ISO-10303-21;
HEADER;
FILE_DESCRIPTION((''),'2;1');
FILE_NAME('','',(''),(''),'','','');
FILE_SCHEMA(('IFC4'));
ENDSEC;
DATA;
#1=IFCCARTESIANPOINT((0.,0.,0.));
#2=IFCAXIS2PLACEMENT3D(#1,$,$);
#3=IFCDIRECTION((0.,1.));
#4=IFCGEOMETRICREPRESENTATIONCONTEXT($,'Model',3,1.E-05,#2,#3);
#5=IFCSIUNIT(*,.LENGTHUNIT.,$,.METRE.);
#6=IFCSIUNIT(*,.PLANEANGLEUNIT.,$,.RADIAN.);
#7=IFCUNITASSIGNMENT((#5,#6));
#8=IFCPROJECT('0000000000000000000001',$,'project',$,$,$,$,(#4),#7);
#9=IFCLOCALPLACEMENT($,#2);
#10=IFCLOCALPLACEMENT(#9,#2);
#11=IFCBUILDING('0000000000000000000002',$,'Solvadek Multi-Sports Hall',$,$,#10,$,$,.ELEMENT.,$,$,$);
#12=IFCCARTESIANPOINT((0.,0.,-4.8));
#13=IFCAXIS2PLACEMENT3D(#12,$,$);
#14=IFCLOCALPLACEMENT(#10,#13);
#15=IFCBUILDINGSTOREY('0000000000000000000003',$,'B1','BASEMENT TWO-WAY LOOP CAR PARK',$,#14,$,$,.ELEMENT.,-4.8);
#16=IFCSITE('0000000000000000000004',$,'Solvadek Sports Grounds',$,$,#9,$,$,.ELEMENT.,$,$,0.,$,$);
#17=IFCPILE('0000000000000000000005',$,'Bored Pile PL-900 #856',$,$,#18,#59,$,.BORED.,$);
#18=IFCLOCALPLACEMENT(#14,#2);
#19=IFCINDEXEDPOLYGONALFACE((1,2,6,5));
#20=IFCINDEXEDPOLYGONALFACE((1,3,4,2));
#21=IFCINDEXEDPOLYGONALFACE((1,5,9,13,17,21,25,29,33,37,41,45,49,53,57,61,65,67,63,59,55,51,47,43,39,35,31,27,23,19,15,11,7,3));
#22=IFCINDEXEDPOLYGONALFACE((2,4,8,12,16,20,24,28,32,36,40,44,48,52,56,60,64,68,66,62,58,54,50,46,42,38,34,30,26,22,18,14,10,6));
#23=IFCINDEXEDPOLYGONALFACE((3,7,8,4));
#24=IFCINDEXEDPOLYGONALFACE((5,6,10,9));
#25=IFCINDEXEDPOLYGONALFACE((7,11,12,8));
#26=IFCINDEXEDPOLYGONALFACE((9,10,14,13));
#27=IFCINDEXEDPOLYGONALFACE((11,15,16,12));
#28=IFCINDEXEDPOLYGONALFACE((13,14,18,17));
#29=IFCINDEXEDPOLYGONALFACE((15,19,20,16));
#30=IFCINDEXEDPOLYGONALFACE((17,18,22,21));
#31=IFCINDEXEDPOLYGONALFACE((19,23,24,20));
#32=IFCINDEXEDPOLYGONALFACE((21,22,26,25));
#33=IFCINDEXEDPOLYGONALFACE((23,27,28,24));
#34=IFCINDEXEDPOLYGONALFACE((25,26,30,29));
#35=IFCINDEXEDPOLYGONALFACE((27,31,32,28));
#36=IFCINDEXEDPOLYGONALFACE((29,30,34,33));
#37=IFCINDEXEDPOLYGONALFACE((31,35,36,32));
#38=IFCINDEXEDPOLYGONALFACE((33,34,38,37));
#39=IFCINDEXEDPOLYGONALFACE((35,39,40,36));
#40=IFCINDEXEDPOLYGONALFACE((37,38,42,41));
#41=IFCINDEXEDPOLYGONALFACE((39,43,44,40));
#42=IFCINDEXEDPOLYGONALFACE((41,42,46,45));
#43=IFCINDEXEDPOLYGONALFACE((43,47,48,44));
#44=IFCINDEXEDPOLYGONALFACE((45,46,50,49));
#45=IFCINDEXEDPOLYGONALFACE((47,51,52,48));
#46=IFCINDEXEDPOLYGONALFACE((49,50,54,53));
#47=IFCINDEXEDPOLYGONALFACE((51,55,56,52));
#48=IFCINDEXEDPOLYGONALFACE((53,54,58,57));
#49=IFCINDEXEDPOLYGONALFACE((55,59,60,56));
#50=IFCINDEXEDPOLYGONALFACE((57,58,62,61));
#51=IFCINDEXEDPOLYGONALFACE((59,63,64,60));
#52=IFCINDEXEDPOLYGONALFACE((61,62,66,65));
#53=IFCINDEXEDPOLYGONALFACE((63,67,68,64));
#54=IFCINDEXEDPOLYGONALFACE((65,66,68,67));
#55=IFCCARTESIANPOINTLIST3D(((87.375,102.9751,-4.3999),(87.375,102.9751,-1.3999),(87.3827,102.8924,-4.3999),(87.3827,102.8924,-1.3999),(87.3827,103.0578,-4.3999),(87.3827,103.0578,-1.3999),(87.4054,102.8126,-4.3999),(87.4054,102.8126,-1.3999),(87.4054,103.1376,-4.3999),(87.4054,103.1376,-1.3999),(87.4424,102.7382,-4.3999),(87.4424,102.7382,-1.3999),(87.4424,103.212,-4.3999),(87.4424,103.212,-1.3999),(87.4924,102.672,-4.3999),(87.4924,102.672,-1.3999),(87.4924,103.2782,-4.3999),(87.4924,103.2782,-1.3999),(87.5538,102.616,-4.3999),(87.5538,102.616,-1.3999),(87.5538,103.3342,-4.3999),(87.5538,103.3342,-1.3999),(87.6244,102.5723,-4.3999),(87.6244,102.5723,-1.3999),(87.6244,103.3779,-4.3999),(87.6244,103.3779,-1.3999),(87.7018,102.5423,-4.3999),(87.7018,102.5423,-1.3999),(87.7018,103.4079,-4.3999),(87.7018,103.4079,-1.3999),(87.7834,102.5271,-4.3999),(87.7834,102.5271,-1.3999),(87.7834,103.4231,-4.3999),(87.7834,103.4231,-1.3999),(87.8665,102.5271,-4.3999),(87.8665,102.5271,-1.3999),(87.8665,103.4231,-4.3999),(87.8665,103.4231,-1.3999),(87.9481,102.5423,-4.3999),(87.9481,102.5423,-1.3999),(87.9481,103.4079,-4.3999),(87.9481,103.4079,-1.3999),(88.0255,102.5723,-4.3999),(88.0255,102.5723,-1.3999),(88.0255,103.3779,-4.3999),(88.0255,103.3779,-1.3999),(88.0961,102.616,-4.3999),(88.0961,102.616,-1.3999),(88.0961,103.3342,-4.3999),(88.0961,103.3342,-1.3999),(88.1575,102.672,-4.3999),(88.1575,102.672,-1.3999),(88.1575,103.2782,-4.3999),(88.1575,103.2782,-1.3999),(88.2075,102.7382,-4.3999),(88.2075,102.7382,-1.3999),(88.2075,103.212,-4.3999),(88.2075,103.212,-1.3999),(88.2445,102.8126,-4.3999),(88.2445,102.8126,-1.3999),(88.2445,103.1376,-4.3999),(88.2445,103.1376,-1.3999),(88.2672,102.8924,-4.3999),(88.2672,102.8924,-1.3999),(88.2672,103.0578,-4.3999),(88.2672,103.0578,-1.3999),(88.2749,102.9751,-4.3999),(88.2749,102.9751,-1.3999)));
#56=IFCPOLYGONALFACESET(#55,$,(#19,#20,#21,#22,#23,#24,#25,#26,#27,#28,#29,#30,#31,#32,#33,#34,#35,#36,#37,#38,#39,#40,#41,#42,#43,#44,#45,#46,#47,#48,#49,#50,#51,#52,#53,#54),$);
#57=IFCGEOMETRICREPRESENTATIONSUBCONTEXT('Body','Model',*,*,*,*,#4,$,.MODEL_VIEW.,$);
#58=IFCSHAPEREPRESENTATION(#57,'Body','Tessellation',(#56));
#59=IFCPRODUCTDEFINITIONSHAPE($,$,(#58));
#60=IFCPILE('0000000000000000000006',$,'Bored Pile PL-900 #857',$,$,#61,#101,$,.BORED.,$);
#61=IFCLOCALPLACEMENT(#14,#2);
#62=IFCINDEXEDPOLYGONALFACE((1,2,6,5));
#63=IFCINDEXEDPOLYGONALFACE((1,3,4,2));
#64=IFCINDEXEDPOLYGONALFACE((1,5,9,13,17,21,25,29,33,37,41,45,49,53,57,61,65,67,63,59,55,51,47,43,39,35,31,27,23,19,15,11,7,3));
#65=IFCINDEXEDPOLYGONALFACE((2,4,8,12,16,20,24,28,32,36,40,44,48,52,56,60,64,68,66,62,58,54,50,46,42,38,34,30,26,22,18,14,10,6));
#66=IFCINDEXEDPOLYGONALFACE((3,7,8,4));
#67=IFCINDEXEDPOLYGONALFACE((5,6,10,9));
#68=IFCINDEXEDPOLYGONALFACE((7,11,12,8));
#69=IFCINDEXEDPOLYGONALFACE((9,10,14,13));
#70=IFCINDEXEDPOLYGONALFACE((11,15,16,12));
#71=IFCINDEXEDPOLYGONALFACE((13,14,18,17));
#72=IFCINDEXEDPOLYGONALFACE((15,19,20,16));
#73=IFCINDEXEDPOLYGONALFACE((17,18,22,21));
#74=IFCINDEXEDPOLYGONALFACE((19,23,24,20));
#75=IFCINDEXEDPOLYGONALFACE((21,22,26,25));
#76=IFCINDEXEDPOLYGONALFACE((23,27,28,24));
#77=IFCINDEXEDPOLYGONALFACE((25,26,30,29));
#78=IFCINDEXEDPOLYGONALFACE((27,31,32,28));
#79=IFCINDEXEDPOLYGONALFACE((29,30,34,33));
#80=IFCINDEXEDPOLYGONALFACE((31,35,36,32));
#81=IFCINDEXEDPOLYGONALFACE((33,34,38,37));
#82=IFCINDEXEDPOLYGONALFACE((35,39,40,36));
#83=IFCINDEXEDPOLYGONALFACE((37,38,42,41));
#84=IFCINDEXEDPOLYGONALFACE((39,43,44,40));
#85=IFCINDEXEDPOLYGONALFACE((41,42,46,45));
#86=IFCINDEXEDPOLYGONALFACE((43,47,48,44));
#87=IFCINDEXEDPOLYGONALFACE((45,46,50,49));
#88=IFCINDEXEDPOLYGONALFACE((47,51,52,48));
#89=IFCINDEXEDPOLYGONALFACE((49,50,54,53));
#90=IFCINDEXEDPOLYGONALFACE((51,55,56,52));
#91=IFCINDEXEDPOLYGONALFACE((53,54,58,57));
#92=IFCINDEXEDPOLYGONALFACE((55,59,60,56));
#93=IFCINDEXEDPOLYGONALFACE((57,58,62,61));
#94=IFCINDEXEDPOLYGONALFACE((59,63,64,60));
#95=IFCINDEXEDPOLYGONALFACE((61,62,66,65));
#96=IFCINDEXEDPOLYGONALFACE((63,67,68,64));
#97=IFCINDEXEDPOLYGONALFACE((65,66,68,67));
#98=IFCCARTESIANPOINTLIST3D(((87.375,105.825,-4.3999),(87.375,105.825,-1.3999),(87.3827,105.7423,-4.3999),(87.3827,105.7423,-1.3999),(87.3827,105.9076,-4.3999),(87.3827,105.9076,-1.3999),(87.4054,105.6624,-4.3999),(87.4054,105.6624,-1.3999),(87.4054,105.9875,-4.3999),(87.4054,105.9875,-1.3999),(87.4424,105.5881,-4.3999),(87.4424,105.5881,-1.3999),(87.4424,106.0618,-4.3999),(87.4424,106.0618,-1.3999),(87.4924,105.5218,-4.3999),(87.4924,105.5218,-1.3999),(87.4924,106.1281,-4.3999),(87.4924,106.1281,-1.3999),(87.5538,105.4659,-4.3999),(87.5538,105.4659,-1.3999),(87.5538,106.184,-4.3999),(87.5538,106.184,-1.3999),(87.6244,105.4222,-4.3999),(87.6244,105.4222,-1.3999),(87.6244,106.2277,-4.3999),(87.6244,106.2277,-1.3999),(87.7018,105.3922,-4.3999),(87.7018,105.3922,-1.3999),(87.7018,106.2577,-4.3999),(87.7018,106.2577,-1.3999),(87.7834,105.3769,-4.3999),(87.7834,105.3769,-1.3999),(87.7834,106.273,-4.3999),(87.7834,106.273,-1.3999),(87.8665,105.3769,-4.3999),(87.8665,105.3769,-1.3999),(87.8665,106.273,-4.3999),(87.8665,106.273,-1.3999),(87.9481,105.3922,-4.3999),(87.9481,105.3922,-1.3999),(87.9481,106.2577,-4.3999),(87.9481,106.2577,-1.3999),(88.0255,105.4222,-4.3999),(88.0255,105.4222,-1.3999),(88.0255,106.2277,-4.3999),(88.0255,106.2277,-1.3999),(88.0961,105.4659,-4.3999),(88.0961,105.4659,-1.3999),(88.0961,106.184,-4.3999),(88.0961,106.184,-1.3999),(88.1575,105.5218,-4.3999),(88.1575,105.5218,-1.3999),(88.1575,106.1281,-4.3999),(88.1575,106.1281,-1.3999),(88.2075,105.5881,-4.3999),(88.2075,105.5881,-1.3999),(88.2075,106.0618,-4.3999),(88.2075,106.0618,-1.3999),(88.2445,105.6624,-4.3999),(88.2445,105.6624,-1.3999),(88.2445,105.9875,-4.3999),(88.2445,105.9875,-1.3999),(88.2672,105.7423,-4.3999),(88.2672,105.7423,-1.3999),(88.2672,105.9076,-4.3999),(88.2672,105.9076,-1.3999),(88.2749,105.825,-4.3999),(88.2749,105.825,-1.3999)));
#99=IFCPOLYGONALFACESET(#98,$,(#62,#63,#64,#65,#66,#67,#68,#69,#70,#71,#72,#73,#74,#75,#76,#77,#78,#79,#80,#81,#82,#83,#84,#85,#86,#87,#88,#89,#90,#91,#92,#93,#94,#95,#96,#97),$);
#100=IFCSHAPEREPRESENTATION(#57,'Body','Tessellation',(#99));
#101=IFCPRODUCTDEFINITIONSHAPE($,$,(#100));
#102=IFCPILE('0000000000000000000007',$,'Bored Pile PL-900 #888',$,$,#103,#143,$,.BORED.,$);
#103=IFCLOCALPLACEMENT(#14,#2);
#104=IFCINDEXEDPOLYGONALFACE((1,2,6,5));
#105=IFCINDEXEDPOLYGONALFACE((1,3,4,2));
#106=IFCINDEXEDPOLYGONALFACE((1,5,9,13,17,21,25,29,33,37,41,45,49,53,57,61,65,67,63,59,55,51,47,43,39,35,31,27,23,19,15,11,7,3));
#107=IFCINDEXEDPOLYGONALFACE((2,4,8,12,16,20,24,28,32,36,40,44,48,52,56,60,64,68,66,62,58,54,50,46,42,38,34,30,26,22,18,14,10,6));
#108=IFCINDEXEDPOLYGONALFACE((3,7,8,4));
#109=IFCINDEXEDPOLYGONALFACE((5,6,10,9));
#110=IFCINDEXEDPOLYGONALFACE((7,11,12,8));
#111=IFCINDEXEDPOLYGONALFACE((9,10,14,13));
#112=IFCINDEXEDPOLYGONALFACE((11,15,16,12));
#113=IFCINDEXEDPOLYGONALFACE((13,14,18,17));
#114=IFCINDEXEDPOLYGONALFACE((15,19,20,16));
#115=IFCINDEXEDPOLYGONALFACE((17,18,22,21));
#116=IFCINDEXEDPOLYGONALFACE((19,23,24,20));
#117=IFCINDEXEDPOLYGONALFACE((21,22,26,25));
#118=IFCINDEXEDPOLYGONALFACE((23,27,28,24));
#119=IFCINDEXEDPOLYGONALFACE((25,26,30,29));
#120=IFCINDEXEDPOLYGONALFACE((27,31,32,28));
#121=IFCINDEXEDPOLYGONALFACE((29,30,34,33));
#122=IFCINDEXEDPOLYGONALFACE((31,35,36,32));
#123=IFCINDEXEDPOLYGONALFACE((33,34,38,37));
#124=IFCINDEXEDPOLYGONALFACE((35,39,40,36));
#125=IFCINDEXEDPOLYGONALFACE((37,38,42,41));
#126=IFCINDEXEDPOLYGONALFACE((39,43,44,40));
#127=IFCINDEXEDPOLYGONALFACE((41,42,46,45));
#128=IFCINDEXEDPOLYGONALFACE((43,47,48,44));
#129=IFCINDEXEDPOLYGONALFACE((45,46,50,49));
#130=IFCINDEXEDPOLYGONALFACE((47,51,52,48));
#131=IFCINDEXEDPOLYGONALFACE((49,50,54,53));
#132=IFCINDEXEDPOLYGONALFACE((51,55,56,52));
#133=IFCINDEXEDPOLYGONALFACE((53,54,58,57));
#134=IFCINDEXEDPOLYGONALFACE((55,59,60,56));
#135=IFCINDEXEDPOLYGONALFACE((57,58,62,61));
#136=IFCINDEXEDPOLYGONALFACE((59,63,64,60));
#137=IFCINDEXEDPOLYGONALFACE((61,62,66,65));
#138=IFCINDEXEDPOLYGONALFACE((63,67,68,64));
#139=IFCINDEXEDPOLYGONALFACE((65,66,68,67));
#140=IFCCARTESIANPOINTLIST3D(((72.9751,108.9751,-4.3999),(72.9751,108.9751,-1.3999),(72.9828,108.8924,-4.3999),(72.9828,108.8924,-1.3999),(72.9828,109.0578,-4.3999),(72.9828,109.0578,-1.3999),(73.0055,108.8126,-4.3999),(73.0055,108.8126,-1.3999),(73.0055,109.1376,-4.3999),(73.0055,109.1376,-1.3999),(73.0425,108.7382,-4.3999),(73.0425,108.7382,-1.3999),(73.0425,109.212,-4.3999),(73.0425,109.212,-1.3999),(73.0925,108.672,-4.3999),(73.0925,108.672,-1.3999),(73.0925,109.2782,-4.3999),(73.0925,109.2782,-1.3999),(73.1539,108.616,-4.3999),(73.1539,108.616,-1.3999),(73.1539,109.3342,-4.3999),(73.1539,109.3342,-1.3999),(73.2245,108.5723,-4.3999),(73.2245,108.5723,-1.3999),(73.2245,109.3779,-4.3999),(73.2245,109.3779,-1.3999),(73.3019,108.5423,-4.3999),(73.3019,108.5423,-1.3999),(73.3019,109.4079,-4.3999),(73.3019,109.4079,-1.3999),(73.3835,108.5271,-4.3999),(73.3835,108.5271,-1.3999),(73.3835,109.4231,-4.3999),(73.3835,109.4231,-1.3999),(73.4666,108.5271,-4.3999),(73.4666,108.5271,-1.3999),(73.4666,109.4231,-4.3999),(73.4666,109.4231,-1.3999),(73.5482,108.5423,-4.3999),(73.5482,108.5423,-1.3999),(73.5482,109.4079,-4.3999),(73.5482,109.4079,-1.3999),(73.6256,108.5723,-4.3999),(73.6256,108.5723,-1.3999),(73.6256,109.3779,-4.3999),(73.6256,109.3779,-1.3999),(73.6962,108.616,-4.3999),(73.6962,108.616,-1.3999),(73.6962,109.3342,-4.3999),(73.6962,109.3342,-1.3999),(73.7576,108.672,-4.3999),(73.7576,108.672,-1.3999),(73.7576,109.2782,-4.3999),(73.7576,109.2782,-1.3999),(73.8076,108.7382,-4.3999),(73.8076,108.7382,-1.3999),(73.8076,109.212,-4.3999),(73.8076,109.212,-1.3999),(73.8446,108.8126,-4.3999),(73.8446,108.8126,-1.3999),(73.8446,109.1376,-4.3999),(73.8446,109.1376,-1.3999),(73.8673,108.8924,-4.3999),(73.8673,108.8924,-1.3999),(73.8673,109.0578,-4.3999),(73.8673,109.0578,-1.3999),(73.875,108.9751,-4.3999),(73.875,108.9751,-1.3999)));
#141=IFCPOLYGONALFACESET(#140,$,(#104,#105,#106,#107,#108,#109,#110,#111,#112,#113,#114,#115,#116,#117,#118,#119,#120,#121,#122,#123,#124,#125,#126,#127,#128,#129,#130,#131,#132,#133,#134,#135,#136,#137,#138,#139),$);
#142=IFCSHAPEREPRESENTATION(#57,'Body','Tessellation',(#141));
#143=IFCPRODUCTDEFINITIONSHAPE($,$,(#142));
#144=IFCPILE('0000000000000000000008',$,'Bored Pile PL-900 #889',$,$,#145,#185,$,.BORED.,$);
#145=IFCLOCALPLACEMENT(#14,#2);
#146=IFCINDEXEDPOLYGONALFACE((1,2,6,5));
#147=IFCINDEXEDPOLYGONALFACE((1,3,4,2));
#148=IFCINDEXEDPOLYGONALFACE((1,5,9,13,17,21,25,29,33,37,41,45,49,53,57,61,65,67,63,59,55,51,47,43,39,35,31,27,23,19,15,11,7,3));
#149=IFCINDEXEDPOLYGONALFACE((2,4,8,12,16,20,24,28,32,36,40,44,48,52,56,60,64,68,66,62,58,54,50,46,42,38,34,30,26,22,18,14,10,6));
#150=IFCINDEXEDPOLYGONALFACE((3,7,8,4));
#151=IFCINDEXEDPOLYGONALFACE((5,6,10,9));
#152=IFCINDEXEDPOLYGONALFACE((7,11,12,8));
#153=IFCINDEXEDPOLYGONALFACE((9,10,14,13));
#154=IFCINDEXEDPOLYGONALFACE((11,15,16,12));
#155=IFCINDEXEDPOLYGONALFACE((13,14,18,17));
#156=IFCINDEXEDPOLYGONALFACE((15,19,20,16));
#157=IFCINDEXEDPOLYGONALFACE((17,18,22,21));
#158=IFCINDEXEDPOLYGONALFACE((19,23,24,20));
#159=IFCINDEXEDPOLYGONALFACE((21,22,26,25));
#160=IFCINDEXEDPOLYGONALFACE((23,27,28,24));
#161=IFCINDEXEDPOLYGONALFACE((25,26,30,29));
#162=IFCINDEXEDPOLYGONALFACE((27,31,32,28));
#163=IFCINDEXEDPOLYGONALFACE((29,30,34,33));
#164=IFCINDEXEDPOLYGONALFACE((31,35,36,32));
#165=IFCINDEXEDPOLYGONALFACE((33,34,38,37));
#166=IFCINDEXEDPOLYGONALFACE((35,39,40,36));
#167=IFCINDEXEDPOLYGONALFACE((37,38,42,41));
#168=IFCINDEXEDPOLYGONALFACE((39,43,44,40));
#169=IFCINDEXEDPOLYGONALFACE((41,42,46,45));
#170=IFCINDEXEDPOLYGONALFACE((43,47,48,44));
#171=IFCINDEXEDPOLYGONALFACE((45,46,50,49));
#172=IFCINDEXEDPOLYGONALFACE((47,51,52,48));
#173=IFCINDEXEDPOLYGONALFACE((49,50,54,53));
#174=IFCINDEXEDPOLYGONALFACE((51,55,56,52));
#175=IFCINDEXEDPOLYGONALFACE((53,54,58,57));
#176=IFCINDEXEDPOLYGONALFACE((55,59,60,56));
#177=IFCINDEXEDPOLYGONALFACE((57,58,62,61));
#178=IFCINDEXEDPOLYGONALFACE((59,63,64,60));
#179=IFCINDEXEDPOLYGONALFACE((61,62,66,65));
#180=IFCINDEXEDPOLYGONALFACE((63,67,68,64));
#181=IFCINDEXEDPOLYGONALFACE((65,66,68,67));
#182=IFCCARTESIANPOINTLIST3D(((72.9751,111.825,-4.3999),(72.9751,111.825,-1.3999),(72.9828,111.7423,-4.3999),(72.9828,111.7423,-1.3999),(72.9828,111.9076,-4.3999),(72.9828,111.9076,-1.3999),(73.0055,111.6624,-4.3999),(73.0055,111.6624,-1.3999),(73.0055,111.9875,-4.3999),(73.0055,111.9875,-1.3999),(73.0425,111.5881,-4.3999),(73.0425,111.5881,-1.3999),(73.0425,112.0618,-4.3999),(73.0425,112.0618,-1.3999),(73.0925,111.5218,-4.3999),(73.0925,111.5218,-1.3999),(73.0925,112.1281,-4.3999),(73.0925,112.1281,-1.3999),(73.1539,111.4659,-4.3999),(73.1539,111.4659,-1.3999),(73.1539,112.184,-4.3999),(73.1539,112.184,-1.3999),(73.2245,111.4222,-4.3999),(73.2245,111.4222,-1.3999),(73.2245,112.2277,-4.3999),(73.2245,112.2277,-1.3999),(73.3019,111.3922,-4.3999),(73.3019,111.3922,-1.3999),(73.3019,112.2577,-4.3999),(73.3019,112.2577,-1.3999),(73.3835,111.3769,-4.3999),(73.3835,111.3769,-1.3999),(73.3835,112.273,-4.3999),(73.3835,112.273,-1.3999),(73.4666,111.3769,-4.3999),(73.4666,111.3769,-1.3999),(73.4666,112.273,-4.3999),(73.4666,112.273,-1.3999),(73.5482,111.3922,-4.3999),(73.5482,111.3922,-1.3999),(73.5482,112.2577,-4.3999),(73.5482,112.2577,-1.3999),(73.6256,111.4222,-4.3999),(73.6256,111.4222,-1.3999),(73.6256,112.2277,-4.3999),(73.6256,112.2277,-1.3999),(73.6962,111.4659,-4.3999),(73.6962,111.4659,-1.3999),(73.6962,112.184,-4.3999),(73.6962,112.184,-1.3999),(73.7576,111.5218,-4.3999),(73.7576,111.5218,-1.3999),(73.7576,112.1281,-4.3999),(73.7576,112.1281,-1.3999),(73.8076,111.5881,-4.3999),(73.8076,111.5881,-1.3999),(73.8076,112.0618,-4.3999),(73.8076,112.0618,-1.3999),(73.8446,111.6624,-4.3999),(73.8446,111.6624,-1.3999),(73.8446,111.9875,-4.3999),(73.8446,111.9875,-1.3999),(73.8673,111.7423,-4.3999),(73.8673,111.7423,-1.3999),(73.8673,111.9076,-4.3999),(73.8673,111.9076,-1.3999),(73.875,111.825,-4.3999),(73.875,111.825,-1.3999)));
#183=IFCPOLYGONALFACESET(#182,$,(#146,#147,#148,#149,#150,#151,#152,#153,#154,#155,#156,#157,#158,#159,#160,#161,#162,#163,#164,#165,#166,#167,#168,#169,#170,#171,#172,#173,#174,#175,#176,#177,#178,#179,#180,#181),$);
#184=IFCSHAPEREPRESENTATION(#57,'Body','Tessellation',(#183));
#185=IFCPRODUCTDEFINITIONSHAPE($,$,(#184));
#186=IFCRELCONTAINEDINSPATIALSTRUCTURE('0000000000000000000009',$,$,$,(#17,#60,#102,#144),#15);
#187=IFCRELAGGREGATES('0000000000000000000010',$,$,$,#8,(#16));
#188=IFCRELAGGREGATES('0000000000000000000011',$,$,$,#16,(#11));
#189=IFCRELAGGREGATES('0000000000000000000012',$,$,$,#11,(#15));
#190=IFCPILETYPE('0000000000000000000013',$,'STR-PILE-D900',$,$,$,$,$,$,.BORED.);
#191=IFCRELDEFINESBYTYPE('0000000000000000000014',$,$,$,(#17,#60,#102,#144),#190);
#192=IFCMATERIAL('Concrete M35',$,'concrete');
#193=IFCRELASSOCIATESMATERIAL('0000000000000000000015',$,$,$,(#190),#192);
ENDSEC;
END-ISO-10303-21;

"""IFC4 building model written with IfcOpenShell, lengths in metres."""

from ifc_helpers import new_model, si_unit, direction, frame, origin, origin_2d, place, context, subcontext, project, spatial, circle, extrude, material, material_profile, profile_set, type_object, element, save


model = new_model("IFC4")

# Units and contexts
model_context = context("Model", 3, precision=1e-05, world=origin(), true_north=direction((0.0, 1.0)))
body_context = subcontext(model_context, "Body", "Model", "MODEL_VIEW")
ifc_project = project(units=[si_unit("LENGTHUNIT", "METRE"), si_unit("PLANEANGLEUNIT", "RADIAN")], contexts=[model_context])

# Site, building, storey
site_placement = place(None, origin())
site = spatial("IfcSite", under=ifc_project, at=site_placement, Name="Solvadek Sports Grounds", CompositionType="ELEMENT", RefElevation=0.0)
building_placement = place(site_placement, origin())
building = spatial("IfcBuilding", under=site, at=building_placement, Name="Solvadek Multi-Sports Hall", CompositionType="ELEMENT")
storey_placement = place(building_placement, frame((0.0, 0.0, -4.8)))
storey = spatial("IfcBuildingStorey", under=building, at=storey_placement, Name="B1", Description="BASEMENT TWO-WAY LOOP CAR PARK", CompositionType="ELEMENT", Elevation=-4.8)

# Piles
ifc_material_1 = material(Name="Concrete M35", Category="concrete")
ifc_material_profile_1 = material_profile(ifc_material_1, circle(Radius=0.45, at=origin_2d()), Name="BORED PILE D900")
ifc_profile_set_1 = profile_set([ifc_material_profile_1], Name="Concrete M35")
pile_type_1 = type_object("IfcPileType", Name="STR-PILE-D900", PredefinedType="BORED", material=ifc_profile_set_1)
for number, where, z_axis, x_axis, name in (
    (1, (87.825, 102.9751, -1.3999), (0.0, 0.0, -1.0), (1.0, 0.0, 0.0), "Bored Pile PL-900 #856"),
    (2, (87.825, 105.825, -1.3999), (0.0, 0.0, -1.0), (1.0, 0.0, 0.0), "Bored Pile PL-900 #857"),
    (3, (73.425, 108.9751, -1.3999), (0.0, 0.0, -1.0), (1.0, 0.0, 0.0), "Bored Pile PL-900 #888"),
    (4, (73.425, 111.825, -1.3999), (0.0, 0.0, -1.0), (1.0, 0.0, 0.0), "Bored Pile PL-900 #889"),
):
    element("IfcPile", number, at=place(storey_placement, frame(where, z_axis=z_axis, x_axis=x_axis)), inside=storey, type_object=pile_type_1, Name=name, PredefinedType="BORED", context=body_context, shape_type="SweptSolid", body=[
        extrude(circle(Radius=0.45, at=origin_2d()), origin(), (0.0, 0.0, 1.0), 3.0),
    ])

save(model, "model.ifc")
